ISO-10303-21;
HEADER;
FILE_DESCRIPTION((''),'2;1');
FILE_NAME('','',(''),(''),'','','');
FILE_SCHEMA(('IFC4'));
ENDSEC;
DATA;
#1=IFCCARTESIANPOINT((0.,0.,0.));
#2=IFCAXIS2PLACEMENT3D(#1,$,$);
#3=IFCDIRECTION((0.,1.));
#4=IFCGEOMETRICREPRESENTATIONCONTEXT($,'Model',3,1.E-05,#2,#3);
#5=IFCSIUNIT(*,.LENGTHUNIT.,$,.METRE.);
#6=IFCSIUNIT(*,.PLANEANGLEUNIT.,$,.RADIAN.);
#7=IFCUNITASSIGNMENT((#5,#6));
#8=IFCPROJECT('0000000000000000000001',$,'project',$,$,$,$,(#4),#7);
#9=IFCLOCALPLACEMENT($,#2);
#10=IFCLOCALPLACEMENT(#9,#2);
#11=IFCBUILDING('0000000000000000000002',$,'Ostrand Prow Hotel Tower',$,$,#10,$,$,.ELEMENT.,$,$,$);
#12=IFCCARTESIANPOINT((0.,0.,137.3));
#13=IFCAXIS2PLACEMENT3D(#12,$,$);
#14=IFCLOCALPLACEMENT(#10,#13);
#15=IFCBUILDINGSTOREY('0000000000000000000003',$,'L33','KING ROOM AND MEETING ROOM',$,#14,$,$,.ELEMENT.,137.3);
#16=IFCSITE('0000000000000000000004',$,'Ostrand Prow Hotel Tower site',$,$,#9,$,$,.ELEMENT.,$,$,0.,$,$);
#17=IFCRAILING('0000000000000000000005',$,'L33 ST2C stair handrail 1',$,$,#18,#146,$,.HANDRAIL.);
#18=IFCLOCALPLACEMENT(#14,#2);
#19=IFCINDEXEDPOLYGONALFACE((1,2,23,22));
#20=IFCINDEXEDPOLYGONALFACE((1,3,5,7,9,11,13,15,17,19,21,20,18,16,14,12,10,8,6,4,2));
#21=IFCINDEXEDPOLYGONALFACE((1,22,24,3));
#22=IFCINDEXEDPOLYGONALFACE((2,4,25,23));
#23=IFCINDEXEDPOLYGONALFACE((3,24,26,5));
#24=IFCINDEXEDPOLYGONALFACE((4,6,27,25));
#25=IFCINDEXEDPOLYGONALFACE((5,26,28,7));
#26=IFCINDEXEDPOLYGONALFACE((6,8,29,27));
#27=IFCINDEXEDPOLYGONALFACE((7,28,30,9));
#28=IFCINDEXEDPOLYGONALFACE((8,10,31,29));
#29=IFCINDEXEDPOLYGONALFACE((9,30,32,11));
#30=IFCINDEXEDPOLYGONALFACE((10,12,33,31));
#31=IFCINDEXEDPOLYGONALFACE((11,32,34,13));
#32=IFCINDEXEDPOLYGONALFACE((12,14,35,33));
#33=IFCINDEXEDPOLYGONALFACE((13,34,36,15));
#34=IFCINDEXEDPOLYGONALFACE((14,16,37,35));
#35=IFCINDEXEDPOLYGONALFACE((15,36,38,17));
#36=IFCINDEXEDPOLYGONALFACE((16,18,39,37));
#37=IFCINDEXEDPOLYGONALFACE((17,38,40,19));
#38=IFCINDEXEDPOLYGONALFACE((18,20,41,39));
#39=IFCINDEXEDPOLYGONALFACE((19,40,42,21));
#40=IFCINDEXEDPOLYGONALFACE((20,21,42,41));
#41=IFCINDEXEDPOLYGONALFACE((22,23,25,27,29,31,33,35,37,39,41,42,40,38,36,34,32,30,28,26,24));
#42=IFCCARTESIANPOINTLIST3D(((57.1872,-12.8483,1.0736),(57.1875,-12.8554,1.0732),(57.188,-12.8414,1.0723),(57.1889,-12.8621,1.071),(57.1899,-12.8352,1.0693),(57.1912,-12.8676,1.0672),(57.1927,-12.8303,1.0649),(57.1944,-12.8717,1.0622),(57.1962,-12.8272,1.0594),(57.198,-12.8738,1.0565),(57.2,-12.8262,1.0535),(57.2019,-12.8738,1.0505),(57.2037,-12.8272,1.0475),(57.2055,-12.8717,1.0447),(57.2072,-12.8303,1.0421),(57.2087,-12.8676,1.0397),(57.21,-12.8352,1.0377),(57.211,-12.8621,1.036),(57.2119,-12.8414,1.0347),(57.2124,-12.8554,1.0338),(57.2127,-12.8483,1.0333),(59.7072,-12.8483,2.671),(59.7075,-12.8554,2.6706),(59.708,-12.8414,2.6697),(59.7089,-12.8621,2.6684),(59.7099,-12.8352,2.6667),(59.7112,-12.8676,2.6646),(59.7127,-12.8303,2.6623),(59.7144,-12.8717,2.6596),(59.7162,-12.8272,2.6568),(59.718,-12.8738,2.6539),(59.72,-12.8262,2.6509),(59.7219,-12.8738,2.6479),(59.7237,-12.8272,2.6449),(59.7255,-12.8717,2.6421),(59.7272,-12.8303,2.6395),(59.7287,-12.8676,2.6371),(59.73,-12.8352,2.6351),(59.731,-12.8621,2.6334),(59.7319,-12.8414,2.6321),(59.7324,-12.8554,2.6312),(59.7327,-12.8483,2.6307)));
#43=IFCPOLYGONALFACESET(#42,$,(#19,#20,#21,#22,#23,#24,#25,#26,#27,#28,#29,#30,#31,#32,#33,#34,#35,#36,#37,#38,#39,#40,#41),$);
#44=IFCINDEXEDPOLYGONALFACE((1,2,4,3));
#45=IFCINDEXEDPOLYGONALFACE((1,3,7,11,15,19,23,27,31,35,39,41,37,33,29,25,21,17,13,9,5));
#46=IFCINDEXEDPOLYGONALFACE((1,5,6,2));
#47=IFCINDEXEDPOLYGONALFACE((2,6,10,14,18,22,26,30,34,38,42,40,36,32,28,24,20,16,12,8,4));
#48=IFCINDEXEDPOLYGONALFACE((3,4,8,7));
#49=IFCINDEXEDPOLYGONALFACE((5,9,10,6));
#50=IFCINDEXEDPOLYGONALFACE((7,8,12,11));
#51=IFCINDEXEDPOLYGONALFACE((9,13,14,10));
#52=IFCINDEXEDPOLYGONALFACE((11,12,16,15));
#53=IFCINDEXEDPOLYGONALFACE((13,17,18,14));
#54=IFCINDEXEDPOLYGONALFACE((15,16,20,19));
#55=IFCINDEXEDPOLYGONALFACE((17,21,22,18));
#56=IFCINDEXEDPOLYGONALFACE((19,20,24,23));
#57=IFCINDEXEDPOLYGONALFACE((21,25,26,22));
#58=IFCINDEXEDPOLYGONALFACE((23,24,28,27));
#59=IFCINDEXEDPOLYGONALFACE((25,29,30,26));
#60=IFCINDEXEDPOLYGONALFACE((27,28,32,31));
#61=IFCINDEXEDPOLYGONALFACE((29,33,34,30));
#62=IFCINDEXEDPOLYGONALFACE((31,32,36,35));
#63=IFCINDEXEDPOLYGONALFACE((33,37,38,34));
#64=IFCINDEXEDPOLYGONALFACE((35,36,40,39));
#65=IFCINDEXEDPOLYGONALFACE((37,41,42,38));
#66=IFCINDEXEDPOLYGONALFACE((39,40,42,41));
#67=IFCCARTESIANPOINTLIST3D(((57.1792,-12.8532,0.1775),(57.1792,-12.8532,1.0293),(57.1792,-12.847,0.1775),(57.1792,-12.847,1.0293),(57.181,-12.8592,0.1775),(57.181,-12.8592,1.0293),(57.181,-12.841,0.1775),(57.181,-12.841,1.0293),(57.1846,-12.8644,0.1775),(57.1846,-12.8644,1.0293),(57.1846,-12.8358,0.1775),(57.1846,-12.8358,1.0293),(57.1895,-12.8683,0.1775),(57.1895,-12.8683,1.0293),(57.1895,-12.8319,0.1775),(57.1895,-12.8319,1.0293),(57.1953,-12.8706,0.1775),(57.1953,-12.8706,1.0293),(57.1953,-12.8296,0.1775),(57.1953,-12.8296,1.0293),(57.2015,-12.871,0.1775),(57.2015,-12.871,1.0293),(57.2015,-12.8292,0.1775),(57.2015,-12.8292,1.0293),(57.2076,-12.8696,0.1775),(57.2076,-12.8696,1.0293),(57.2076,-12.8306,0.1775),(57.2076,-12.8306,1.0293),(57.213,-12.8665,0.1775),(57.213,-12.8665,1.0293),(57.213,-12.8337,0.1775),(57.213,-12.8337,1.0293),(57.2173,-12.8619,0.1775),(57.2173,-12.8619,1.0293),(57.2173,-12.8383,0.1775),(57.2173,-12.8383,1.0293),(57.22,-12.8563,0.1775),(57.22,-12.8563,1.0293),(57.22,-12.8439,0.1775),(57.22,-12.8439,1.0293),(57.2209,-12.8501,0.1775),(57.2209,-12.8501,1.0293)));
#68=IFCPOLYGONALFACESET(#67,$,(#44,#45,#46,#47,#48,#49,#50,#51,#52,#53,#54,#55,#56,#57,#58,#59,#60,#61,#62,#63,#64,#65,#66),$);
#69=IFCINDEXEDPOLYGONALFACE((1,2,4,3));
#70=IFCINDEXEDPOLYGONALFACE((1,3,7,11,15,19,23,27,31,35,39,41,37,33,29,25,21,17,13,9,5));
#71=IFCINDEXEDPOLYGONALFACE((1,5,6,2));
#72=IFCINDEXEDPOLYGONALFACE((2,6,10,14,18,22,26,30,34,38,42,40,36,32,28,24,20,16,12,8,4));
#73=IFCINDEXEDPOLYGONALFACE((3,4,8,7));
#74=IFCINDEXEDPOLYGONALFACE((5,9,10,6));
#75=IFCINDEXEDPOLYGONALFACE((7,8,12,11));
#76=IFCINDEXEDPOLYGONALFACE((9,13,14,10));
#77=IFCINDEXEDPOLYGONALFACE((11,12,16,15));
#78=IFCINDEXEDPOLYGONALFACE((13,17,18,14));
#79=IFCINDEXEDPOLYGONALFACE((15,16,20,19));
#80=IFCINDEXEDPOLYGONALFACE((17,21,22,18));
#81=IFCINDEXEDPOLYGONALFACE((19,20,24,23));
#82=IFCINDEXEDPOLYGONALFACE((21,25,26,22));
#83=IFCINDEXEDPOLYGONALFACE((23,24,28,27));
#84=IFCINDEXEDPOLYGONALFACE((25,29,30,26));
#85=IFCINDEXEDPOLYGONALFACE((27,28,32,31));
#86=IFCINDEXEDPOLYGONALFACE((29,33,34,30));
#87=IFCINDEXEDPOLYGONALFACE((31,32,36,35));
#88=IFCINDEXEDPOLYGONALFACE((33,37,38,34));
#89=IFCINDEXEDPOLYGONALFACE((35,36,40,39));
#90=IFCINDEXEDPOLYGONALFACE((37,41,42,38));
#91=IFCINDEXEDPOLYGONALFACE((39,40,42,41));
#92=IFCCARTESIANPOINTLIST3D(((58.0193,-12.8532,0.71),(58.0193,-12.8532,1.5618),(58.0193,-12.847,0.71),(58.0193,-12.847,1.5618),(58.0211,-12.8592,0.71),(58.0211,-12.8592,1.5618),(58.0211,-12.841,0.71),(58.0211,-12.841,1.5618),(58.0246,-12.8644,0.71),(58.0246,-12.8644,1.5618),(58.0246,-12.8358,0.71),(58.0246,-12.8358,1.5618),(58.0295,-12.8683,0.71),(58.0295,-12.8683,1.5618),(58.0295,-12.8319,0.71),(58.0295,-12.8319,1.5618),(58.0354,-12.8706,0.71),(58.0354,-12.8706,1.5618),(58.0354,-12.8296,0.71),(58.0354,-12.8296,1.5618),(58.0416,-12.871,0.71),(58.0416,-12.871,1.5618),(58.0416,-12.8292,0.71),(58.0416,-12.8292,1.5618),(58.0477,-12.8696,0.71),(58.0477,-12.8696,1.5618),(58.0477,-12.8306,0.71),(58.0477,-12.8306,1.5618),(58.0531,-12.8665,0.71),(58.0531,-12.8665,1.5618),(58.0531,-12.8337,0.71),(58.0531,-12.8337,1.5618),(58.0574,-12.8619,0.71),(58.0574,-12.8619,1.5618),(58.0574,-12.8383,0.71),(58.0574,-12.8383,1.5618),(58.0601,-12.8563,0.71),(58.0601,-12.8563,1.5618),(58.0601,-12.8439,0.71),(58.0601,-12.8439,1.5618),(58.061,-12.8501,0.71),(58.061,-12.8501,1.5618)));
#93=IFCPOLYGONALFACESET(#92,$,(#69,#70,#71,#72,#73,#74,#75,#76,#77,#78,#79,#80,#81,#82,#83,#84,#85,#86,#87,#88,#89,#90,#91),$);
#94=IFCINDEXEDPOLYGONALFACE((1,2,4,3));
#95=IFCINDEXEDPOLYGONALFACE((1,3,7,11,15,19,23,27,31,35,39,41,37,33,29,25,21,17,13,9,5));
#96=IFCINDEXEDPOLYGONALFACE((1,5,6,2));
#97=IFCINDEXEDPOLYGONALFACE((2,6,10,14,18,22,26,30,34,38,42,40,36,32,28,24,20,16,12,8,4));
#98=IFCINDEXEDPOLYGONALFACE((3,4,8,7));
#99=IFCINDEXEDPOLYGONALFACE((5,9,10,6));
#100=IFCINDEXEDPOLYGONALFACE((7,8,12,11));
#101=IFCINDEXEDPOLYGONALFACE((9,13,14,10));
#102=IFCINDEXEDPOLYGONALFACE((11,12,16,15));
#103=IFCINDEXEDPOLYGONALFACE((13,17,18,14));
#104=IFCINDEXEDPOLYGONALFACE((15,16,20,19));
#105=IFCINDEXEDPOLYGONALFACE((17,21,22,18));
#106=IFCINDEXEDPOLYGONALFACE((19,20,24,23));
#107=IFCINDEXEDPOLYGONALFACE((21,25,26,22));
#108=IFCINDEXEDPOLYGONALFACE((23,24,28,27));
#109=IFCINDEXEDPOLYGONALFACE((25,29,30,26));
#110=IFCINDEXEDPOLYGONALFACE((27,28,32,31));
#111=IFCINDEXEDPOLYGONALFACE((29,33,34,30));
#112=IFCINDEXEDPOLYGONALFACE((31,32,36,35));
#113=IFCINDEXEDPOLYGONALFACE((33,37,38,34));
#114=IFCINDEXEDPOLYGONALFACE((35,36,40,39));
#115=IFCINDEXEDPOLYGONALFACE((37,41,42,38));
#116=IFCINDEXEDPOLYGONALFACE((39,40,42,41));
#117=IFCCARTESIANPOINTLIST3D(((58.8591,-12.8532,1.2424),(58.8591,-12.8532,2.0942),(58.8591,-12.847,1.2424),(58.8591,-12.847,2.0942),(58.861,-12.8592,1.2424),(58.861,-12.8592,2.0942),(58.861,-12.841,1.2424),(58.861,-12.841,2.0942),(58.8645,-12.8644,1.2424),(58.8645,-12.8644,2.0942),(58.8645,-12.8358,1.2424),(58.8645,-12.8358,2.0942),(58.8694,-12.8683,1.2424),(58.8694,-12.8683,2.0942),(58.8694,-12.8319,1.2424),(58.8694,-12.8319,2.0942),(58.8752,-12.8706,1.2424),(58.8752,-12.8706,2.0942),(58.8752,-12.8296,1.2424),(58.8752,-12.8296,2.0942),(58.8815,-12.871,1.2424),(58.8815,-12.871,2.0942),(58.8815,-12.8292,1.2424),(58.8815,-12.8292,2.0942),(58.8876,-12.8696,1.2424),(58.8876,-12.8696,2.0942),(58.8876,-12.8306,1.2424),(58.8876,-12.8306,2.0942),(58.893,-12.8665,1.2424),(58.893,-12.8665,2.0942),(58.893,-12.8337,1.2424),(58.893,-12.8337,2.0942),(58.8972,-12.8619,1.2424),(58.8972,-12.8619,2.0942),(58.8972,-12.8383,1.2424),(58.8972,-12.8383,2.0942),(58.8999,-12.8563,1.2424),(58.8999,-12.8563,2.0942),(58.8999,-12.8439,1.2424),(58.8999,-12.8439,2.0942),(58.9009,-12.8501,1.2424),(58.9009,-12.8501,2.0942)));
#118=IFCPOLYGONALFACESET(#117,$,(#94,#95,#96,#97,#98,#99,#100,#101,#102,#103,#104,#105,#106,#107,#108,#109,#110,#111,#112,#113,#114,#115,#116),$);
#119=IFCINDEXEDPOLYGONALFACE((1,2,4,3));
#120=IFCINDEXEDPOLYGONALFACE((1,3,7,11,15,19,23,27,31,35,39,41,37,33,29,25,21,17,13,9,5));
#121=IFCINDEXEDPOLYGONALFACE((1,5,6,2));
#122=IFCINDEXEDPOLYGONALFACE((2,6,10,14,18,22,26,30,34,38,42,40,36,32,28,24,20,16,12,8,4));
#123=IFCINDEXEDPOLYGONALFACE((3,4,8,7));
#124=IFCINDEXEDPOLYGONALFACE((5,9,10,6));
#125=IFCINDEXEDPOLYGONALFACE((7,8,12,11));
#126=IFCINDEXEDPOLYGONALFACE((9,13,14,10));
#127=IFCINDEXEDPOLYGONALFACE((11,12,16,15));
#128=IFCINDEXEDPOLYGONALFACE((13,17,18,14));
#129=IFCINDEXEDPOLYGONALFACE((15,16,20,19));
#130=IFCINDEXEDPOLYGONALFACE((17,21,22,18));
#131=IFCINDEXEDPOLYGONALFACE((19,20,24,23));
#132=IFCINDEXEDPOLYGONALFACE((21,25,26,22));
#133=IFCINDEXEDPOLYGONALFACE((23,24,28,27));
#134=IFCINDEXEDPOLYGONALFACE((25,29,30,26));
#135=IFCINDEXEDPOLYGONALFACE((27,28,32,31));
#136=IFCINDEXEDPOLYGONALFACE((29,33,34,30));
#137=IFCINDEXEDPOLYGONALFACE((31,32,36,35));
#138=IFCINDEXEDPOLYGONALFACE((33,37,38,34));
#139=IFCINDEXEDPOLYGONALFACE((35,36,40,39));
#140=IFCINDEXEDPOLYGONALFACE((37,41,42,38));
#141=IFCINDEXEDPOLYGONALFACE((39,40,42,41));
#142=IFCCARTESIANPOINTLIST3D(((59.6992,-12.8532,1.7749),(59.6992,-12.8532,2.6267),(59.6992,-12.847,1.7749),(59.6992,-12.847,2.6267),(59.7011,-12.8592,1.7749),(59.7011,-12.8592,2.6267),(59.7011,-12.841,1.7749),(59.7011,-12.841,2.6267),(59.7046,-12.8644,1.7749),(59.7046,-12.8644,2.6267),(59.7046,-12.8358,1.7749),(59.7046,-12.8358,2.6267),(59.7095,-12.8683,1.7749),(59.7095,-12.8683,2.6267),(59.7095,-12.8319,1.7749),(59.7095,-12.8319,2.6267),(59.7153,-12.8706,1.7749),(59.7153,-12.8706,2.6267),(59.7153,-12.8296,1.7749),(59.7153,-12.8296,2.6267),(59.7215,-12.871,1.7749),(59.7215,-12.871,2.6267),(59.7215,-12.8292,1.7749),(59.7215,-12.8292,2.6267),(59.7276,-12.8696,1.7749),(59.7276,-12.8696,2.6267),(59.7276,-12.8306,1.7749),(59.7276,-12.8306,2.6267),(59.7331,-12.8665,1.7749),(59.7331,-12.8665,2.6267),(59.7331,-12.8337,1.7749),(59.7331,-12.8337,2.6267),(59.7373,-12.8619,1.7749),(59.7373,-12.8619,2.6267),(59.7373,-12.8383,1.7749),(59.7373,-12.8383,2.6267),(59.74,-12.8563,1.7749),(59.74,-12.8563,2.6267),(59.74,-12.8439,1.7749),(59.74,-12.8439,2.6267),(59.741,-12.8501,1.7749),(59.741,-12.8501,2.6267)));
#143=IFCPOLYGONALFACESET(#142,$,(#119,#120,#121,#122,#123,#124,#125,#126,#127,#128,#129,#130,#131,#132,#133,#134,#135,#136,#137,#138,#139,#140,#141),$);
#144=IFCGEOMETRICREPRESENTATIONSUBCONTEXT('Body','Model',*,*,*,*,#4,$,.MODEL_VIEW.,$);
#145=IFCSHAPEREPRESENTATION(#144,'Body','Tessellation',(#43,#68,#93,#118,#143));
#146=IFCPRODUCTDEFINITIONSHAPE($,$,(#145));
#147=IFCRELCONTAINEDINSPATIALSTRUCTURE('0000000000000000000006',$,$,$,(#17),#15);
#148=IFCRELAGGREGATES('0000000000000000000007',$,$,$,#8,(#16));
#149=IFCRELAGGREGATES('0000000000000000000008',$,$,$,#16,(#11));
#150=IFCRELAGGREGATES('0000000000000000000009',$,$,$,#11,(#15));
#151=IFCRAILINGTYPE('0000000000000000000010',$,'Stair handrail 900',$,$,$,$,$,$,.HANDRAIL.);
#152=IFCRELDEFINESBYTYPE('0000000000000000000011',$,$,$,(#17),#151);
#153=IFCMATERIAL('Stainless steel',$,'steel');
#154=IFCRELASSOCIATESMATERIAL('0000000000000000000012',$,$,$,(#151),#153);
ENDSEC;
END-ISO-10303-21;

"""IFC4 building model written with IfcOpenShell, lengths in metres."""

from ifc_helpers import new_model, si_unit, direction, frame, origin, origin_2d, place, context, subcontext, project, spatial, circle, extrude, material, type_object, element, save


model = new_model("IFC4")

# Units and contexts
model_context = context("Model", 3, precision=1e-05, world=origin(), true_north=direction((0.0, 1.0)))
body_context = subcontext(model_context, "Body", "Model", "MODEL_VIEW")
ifc_project = project(units=[si_unit("LENGTHUNIT", "METRE"), si_unit("PLANEANGLEUNIT", "RADIAN")], contexts=[model_context])

# Site, building, storey
site_placement = place(None, origin())
site = spatial("IfcSite", under=ifc_project, at=site_placement, Name="Ostrand Prow Hotel Tower site", CompositionType="ELEMENT", RefElevation=0.0)
building_placement = place(site_placement, origin())
building = spatial("IfcBuilding", under=site, at=building_placement, Name="Ostrand Prow Hotel Tower", CompositionType="ELEMENT")
storey_placement = place(building_placement, frame((0.0, 0.0, 137.3)))
storey = spatial("IfcBuildingStorey", under=building, at=storey_placement, Name="L33", Description="KING ROOM AND MEETING ROOM", CompositionType="ELEMENT", Elevation=137.3)

# Railing
ifc_material_1 = material(Name="Stainless steel", Category="steel")
railing_type = type_object("IfcRailingType", Name="Stair handrail 900", PredefinedType="HANDRAIL", material=ifc_material_1)
railing_placement = place(storey_placement, frame((57.2, -12.8501, 0.1775)))
element("IfcRailing", 1, at=railing_placement, inside=storey, type_object=railing_type, Name="L33 ST2C stair handrail 1", PredefinedType="HANDRAIL", context=body_context, shape_type="SweptSolid", body=[
    extrude(circle(Radius=0.0239, at=origin_2d()), frame((0.0, 0.0, 0.876), z_axis=(0.844607, 0.0, 0.535387), x_axis=(0.0, 1.0, 0.0)), (0.0, 0.0, 1.0), 2.9836),
    extrude(circle(Radius=0.021, at=origin_2d()), origin(), (0.0, 0.0, 1.0), 0.8518),
    extrude(circle(Radius=0.021, at=origin_2d()), frame((0.8401, 0.0, 0.5325)), (0.0, 0.0, 1.0), 0.8518),
    extrude(circle(Radius=0.021, at=origin_2d()), frame((1.6799, 0.0, 1.0649)), (0.0, 0.0, 1.0), 0.8518),
    extrude(circle(Radius=0.021, at=origin_2d()), frame((2.52, 0.0, 1.5974)), (0.0, 0.0, 1.0), 0.8518),
])

save(model, "model.ifc")
